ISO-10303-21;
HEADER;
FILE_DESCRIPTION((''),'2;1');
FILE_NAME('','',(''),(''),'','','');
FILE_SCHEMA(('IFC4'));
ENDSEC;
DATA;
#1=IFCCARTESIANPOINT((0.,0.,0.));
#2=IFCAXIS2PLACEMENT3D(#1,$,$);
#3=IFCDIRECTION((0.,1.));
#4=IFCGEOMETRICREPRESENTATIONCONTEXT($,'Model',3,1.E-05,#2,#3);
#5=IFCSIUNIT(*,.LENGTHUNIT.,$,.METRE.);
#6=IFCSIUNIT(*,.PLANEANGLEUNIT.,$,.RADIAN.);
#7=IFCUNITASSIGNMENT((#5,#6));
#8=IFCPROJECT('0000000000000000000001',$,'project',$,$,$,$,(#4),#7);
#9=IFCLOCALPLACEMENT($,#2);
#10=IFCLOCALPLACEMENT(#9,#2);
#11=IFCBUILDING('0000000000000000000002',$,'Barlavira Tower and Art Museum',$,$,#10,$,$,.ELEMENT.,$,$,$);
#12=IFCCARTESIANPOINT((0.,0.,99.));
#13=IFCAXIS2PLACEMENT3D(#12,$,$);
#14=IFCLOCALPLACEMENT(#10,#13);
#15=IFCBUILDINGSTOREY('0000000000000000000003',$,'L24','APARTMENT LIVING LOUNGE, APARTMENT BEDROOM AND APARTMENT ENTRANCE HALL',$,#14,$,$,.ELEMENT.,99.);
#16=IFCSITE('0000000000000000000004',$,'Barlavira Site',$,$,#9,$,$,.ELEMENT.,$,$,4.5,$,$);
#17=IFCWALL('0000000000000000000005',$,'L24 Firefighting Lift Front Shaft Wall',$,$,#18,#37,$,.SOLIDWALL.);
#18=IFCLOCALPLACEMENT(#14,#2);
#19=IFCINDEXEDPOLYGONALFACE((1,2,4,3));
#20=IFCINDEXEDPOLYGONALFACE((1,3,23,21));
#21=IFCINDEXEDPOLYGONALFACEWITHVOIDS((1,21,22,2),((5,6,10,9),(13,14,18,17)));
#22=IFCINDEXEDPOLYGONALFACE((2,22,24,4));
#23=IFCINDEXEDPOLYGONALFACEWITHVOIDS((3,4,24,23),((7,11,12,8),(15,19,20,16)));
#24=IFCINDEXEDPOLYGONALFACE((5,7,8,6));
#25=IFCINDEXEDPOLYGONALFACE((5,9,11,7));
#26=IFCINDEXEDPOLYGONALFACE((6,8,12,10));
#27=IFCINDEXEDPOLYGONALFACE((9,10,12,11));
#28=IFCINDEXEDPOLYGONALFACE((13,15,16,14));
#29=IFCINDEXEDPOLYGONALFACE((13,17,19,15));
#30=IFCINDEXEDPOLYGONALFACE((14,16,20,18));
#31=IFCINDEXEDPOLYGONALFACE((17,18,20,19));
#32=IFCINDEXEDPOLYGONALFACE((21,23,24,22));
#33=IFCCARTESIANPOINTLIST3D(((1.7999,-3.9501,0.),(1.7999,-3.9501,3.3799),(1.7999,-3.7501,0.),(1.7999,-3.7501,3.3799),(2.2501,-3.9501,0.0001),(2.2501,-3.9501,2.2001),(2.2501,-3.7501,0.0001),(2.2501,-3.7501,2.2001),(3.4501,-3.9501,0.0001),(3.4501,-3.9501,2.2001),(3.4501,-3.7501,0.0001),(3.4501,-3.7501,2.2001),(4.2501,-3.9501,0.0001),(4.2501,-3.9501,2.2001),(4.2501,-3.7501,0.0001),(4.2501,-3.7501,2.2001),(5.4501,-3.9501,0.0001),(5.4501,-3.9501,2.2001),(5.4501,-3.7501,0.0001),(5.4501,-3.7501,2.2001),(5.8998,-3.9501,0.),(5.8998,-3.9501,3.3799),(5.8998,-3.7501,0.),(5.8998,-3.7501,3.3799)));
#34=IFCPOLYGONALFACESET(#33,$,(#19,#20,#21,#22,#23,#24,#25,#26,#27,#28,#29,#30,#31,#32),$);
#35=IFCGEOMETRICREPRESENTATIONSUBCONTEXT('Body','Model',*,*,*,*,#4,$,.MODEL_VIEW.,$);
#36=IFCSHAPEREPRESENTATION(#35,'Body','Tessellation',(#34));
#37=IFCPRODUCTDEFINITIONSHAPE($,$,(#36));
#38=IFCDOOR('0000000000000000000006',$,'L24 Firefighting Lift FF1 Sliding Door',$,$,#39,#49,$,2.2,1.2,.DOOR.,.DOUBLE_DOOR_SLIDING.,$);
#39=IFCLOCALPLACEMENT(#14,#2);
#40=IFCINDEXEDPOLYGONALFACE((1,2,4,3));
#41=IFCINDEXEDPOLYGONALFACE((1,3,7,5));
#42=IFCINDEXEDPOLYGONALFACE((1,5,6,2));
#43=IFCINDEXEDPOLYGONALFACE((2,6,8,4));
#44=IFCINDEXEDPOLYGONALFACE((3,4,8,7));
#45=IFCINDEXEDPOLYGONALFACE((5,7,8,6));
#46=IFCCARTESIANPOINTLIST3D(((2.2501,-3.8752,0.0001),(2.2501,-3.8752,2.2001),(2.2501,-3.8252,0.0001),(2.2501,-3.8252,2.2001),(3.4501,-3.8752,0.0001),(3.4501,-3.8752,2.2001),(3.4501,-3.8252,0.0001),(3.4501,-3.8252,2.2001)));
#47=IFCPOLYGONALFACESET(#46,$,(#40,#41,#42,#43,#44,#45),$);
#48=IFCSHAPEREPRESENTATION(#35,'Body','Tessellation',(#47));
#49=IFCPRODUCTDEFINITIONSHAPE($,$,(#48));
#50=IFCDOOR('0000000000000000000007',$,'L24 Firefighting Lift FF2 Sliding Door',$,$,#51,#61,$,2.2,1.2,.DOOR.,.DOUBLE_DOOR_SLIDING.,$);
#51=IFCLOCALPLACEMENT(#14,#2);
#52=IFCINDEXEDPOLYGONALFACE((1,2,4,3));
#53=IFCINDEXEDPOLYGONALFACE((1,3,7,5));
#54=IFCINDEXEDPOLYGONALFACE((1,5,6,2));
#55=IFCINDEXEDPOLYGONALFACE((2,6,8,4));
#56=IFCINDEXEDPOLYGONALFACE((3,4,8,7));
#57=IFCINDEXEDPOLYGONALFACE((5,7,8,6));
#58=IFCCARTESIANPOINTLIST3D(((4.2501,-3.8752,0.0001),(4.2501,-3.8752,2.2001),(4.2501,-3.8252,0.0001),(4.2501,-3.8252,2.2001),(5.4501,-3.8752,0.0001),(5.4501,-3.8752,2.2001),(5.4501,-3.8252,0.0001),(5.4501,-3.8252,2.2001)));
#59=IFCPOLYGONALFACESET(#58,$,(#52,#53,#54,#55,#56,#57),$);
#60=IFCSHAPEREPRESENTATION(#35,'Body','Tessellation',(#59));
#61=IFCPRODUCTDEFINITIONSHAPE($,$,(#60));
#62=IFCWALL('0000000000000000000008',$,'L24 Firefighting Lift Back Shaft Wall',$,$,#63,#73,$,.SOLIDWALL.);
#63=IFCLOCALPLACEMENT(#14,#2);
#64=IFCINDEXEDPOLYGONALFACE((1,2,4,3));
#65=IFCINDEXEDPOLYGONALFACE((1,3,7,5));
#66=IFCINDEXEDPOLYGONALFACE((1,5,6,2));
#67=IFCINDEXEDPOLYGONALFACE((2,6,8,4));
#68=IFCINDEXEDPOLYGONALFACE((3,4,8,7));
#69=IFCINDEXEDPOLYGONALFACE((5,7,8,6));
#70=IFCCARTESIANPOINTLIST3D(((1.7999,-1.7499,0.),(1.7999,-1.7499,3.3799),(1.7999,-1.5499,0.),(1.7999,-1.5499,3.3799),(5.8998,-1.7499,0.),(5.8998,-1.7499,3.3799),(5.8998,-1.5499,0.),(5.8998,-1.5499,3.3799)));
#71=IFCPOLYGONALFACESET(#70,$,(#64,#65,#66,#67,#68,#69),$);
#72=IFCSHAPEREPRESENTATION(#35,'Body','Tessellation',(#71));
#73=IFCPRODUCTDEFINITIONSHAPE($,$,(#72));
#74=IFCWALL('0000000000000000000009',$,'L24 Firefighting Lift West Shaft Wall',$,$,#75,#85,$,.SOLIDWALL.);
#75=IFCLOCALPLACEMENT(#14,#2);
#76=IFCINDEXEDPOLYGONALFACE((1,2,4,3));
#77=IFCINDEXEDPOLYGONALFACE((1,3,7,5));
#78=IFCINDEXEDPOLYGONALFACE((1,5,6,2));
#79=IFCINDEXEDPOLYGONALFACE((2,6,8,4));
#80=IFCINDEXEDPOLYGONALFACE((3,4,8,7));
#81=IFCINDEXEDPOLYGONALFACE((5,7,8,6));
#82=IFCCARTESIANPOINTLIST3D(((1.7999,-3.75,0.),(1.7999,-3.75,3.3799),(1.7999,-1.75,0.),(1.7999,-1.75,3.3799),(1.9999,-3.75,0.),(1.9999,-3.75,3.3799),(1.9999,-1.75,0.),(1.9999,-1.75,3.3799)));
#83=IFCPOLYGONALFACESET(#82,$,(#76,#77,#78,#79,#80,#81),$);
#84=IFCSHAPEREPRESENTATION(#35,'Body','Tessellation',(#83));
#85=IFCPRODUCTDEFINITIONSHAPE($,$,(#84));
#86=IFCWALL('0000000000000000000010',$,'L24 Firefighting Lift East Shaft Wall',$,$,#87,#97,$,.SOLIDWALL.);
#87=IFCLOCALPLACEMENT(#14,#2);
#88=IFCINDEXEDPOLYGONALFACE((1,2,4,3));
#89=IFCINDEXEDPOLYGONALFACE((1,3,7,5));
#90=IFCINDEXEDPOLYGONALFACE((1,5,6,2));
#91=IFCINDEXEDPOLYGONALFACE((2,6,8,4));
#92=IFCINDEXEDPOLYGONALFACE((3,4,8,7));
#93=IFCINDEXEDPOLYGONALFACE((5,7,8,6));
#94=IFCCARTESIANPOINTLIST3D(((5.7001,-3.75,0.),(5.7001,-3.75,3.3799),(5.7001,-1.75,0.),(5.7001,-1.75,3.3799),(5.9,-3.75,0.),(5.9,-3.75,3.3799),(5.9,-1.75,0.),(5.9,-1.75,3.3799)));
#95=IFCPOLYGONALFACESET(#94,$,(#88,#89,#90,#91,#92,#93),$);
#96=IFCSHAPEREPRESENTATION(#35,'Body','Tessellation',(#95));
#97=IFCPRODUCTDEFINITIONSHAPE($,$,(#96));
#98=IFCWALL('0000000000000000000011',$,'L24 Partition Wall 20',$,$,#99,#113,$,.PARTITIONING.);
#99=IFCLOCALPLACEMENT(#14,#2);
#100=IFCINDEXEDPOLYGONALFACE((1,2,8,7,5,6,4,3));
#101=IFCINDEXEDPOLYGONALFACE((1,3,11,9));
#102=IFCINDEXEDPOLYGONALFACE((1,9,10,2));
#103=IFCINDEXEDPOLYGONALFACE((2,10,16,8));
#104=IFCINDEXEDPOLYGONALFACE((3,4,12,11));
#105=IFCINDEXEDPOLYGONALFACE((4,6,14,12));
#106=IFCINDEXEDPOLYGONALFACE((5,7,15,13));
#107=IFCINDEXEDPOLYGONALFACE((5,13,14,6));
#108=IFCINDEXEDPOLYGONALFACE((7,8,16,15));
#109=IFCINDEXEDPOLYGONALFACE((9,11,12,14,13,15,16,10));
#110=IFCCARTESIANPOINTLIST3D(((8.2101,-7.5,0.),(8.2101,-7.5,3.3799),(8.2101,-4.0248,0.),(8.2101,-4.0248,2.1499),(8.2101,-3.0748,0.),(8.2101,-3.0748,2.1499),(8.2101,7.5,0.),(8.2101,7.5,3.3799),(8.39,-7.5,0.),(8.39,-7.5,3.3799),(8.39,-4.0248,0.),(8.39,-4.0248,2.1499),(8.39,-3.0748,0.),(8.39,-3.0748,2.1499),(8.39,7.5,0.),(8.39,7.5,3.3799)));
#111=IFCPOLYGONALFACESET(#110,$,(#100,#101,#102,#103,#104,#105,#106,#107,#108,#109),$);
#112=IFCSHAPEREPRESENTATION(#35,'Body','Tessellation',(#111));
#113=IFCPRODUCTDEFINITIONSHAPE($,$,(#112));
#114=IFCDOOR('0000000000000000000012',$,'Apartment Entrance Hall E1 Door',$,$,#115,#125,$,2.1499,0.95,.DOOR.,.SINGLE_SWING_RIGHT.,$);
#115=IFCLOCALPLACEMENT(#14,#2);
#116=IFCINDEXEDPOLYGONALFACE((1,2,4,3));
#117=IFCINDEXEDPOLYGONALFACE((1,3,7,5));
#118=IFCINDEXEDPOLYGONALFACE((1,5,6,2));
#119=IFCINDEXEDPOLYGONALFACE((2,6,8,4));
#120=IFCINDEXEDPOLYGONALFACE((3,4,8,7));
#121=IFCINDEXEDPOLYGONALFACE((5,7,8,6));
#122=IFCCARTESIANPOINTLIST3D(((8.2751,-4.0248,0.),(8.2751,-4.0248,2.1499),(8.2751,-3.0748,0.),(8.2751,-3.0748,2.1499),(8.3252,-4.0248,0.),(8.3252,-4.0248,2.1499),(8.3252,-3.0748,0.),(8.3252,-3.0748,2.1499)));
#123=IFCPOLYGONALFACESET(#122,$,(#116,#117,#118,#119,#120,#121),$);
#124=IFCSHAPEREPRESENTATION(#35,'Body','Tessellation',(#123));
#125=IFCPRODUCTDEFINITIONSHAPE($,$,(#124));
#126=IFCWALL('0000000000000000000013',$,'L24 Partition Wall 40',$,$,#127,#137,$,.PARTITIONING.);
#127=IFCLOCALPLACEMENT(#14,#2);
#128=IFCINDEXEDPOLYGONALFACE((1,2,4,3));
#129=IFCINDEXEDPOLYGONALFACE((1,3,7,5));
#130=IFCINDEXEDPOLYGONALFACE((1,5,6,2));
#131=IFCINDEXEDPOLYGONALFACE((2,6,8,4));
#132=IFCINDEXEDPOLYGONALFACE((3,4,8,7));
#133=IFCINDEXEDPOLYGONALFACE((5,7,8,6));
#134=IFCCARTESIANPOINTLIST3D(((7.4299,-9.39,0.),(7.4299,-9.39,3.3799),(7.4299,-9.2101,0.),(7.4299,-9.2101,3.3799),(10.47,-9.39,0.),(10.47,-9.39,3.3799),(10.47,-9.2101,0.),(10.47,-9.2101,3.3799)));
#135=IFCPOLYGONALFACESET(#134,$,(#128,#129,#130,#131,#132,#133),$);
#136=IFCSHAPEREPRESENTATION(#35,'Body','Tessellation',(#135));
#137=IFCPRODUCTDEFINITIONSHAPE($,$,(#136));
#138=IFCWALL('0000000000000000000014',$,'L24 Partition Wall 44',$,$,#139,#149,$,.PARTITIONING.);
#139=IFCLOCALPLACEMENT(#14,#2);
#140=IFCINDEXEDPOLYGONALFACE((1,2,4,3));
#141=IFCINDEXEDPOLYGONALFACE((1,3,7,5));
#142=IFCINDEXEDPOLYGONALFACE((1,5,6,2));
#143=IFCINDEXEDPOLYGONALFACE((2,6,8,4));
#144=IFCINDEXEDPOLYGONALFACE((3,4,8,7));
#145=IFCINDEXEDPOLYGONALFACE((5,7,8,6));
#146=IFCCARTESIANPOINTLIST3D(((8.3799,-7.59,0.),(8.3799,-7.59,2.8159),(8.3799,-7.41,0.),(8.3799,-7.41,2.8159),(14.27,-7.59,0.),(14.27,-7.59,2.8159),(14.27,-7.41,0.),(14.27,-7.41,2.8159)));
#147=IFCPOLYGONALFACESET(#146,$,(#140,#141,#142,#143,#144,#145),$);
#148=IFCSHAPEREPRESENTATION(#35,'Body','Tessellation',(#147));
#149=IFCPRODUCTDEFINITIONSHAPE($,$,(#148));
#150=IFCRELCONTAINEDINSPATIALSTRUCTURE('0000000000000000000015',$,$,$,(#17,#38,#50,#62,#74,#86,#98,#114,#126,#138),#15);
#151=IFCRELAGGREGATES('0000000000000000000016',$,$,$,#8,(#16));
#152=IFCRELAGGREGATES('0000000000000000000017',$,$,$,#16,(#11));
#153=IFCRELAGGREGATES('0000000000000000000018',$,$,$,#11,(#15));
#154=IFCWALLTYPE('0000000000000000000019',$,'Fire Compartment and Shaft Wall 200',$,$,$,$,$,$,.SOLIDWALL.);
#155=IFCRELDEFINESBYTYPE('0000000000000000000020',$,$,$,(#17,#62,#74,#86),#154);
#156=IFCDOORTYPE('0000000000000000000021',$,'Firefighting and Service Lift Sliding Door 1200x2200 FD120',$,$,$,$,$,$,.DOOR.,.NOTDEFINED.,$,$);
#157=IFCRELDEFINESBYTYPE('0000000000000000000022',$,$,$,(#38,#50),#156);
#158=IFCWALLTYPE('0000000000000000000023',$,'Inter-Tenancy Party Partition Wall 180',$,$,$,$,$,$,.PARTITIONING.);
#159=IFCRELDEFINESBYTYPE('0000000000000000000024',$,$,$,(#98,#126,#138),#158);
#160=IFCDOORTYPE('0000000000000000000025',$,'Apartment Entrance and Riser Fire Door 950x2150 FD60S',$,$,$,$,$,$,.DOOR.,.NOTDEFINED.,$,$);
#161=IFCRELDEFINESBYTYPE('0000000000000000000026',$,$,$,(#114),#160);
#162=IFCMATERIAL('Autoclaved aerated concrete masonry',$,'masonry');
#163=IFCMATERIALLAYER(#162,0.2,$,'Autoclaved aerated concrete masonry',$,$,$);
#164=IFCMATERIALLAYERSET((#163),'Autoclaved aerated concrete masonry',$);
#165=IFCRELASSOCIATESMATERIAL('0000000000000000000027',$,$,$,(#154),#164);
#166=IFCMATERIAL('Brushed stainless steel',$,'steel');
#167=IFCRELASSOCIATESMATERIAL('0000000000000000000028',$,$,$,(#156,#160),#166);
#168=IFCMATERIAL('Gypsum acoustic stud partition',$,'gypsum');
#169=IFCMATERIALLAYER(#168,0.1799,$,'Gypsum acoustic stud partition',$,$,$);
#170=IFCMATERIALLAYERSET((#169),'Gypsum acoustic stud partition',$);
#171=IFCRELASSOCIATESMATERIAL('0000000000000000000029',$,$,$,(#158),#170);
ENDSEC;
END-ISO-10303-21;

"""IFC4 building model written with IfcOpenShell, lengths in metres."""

from ifc_helpers import new_model, si_unit, direction, frame, frame_2d, origin, place, context, subcontext, project, spatial, rectangle, extrude, material, layer, layer_set, type_object, element, fill, save


model = new_model("IFC4")

# Units and contexts
model_context = context("Model", 3, precision=1e-05, world=origin(), true_north=direction((0.0, 1.0)))
body_context = subcontext(model_context, "Body", "Model", "MODEL_VIEW")
ifc_project = project(units=[si_unit("LENGTHUNIT", "METRE"), si_unit("PLANEANGLEUNIT", "RADIAN")], contexts=[model_context])

# Site, building, storey
site_placement = place(None, origin())
site = spatial("IfcSite", under=ifc_project, at=site_placement, Name="Barlavira Site", CompositionType="ELEMENT", RefElevation=4.5)
building_placement = place(site_placement, origin())
building = spatial("IfcBuilding", under=site, at=building_placement, Name="Barlavira Tower and Art Museum", CompositionType="ELEMENT")
storey_placement = place(building_placement, frame((0.0, 0.0, 99.0)))
storey = spatial("IfcBuildingStorey", under=building, at=storey_placement, Name="L24", Description="APARTMENT LIVING LOUNGE, APARTMENT BEDROOM AND APARTMENT ENTRANCE HALL", CompositionType="ELEMENT", Elevation=99.0)

# Shared definitions
ifc_material_1 = material(Name="Brushed stainless steel", Category="steel")

# Shared definitions
ifc_material_2 = material(Name="Autoclaved aerated concrete masonry", Category="masonry")
ifc_layer_1 = layer(ifc_material_2, 0.2, Name="Autoclaved aerated concrete masonry")
ifc_layer_set_1 = layer_set([ifc_layer_1], Name="Autoclaved aerated concrete masonry")
wall_type_1 = type_object("IfcWallType", Name="Fire Compartment and Shaft Wall 200", PredefinedType="SOLIDWALL", material=ifc_layer_set_1)

# Wall, openings, doors
wall_1_placement = place(storey_placement, frame((1.8, -3.8501, 0.0), z_axis=(0.0, 0.0, 1.0), x_axis=(1.0, 0.0, 0.0)))
wall_1 = element("IfcWall", 1, at=wall_1_placement, inside=storey, type_object=wall_type_1, Name="L24 Firefighting Lift Front Shaft Wall", PredefinedType="SOLIDWALL", context=body_context, shape_type="SweptSolid", body=[
    extrude(rectangle(XDim=4.0999, YDim=0.2, at=frame_2d((2.0498, 0.0))), origin(), (0.0, 0.0, 1.0), 3.3799),
])
opening_1_placement = place(wall_1_placement, frame((0.45, 0.0, 0.0)))
opening_1 = element("IfcOpeningElement", 2, at=opening_1_placement, cuts=wall_1, PredefinedType="OPENING", context=body_context, shape_type="SweptSolid", body=[
    extrude(rectangle(XDim=1.2, YDim=2.2, at=frame_2d((0.6001, 1.1001))), frame((0.0, 0.1099, 0.0), z_axis=(0.0, -1.0, 0.0), x_axis=(1.0, 0.0, 0.0)), (0.0, 0.0, 1.0), 0.22),
])
opening_2_placement = place(wall_1_placement, frame((2.45, 0.0, 0.0)))
opening_2 = element("IfcOpeningElement", 3, at=opening_2_placement, cuts=wall_1, PredefinedType="OPENING", context=body_context, shape_type="SweptSolid", body=[
    extrude(rectangle(XDim=1.2, YDim=2.2, at=frame_2d((0.6001, 1.1001))), frame((0.0, 0.1099, 0.0), z_axis=(0.0, -1.0, 0.0), x_axis=(1.0, 0.0, 0.0)), (0.0, 0.0, 1.0), 0.22),
])
door_type_1 = type_object("IfcDoorType", Name="Firefighting and Service Lift Sliding Door 1200x2200 FD120", OperationType="NOTDEFINED", PredefinedType="DOOR", material=ifc_material_1)
door_1_placement = place(opening_1_placement, origin())
door_1 = element("IfcDoor", 4, at=door_1_placement, inside=storey, type_object=door_type_1, Name="L24 Firefighting Lift FF1 Sliding Door", OperationType="DOUBLE_DOOR_SLIDING", OverallHeight=2.2, OverallWidth=1.2, PredefinedType="DOOR", context=body_context, shape_type="SweptSolid", body=[
    extrude(rectangle(XDim=1.2, YDim=2.2, at=frame_2d((0.6001, 1.1001))), frame((0.0, 0.0249, 0.0), z_axis=(0.0, -1.0, 0.0), x_axis=(1.0, 0.0, 0.0)), (0.0, 0.0, 1.0), 0.05),
])
fill(opening_1, door_1)
door_2_placement = place(opening_2_placement, origin())
door_2 = element("IfcDoor", 5, at=door_2_placement, inside=storey, type_object=door_type_1, Name="L24 Firefighting Lift FF2 Sliding Door", OperationType="DOUBLE_DOOR_SLIDING", OverallHeight=2.2, OverallWidth=1.2, PredefinedType="DOOR", context=body_context, shape_type="SweptSolid", body=[
    extrude(rectangle(XDim=1.2, YDim=2.2, at=frame_2d((0.6001, 1.1001))), frame((0.0, 0.0249, 0.0), z_axis=(0.0, -1.0, 0.0), x_axis=(1.0, 0.0, 0.0)), (0.0, 0.0, 1.0), 0.05),
])
fill(opening_2, door_2)

# Walls
wall_2_placement = place(storey_placement, frame((1.8, -1.6499, 0.0), z_axis=(0.0, 0.0, 1.0), x_axis=(1.0, 0.0, 0.0)))
element("IfcWall", 6, at=wall_2_placement, inside=storey, type_object=wall_type_1, Name="L24 Firefighting Lift Back Shaft Wall", PredefinedType="SOLIDWALL", context=body_context, shape_type="SweptSolid", body=[
    extrude(rectangle(XDim=4.0999, YDim=0.2, at=frame_2d((2.0498, 0.0))), origin(), (0.0, 0.0, 1.0), 3.3799),
])
for number, where, z_axis, x_axis, name in (
    (7, (1.8999, -3.75, 0.0), (0.0, 0.0, 1.0), (0.0, 1.0, 0.0), "L24 Firefighting Lift West Shaft Wall"),
    (8, (5.8, -3.75, 0.0), (0.0, 0.0, 1.0), (0.0, 1.0, 0.0), "L24 Firefighting Lift East Shaft Wall"),
):
    element("IfcWall", number, at=place(storey_placement, frame(where, z_axis=z_axis, x_axis=x_axis)), inside=storey, type_object=wall_type_1, Name=name, PredefinedType="SOLIDWALL", context=body_context, shape_type="SweptSolid", body=[
        extrude(rectangle(XDim=2.0, YDim=0.2, at=frame_2d((1.0, 0.0))), origin(), (0.0, 0.0, 1.0), 3.3799),
    ])

# Wall, opening, door
ifc_material_3 = material(Name="Gypsum acoustic stud partition", Category="gypsum")
ifc_layer_2 = layer(ifc_material_3, 0.1799, Name="Gypsum acoustic stud partition")
ifc_layer_set_2 = layer_set([ifc_layer_2], Name="Gypsum acoustic stud partition")
wall_type_2 = type_object("IfcWallType", Name="Inter-Tenancy Party Partition Wall 180", PredefinedType="PARTITIONING", material=ifc_layer_set_2)
wall_3_placement = place(storey_placement, frame((8.3, -7.5, 0.0), z_axis=(0.0, 0.0, 1.0), x_axis=(0.0, 1.0, 0.0)))
wall_3 = element("IfcWall", 9, at=wall_3_placement, inside=storey, type_object=wall_type_2, Name="L24 Partition Wall 20", PredefinedType="PARTITIONING", context=body_context, shape_type="SweptSolid", body=[
    extrude(rectangle(XDim=15.0, YDim=0.1799, at=frame_2d((7.5, 0.0))), origin(), (0.0, 0.0, 1.0), 3.3799),
])
opening_3_placement = place(wall_3_placement, frame((3.4751, 0.0, 0.0)))
opening_3 = element("IfcOpeningElement", 10, at=opening_3_placement, cuts=wall_3, PredefinedType="OPENING", context=body_context, shape_type="SweptSolid", body=[
    extrude(rectangle(XDim=0.95, YDim=2.1499, at=frame_2d((0.4751, 1.075))), frame((0.0, 0.1001, 0.0), z_axis=(0.0, -1.0, 0.0), x_axis=(1.0, 0.0, 0.0)), (0.0, 0.0, 1.0), 0.2),
])
door_type_2 = type_object("IfcDoorType", Name="Apartment Entrance and Riser Fire Door 950x2150 FD60S", OperationType="NOTDEFINED", PredefinedType="DOOR", material=ifc_material_1)
door_3_placement = place(opening_3_placement, origin())
door_3 = element("IfcDoor", 11, at=door_3_placement, inside=storey, type_object=door_type_2, Name="Apartment Entrance Hall E1 Door", OperationType="SINGLE_SWING_RIGHT", OverallHeight=2.1499, OverallWidth=0.95, PredefinedType="DOOR", context=body_context, shape_type="SweptSolid", body=[
    extrude(rectangle(XDim=0.95, YDim=2.1499, at=frame_2d((0.4751, 1.075))), frame((0.0, 0.0249, 0.0), z_axis=(0.0, -1.0, 0.0), x_axis=(1.0, 0.0, 0.0)), (0.0, 0.0, 1.0), 0.05),
])
fill(opening_3, door_3)

# Walls
wall_4_placement = place(storey_placement, frame((7.4299, -9.3, 0.0), z_axis=(0.0, 0.0, 1.0), x_axis=(1.0, 0.0, 0.0)))
element("IfcWall", 12, at=wall_4_placement, inside=storey, type_object=wall_type_2, Name="L24 Partition Wall 40", PredefinedType="PARTITIONING", context=body_context, shape_type="SweptSolid", body=[
    extrude(rectangle(XDim=3.04, YDim=0.1799, at=frame_2d((1.52, 0.0))), origin(), (0.0, 0.0, 1.0), 3.3799),
])
wall_5_placement = place(storey_placement, frame((8.3799, -7.5, 0.0), z_axis=(0.0, 0.0, 1.0), x_axis=(1.0, 0.0, 0.0)))
element("IfcWall", 13, at=wall_5_placement, inside=storey, type_object=wall_type_2, Name="L24 Partition Wall 44", PredefinedType="PARTITIONING", context=body_context, shape_type="SweptSolid", body=[
    extrude(rectangle(XDim=5.8901, YDim=0.1799, at=frame_2d((2.9451, 0.0))), origin(), (0.0, 0.0, 1.0), 2.8159),
])

save(model, "model.ifc")
